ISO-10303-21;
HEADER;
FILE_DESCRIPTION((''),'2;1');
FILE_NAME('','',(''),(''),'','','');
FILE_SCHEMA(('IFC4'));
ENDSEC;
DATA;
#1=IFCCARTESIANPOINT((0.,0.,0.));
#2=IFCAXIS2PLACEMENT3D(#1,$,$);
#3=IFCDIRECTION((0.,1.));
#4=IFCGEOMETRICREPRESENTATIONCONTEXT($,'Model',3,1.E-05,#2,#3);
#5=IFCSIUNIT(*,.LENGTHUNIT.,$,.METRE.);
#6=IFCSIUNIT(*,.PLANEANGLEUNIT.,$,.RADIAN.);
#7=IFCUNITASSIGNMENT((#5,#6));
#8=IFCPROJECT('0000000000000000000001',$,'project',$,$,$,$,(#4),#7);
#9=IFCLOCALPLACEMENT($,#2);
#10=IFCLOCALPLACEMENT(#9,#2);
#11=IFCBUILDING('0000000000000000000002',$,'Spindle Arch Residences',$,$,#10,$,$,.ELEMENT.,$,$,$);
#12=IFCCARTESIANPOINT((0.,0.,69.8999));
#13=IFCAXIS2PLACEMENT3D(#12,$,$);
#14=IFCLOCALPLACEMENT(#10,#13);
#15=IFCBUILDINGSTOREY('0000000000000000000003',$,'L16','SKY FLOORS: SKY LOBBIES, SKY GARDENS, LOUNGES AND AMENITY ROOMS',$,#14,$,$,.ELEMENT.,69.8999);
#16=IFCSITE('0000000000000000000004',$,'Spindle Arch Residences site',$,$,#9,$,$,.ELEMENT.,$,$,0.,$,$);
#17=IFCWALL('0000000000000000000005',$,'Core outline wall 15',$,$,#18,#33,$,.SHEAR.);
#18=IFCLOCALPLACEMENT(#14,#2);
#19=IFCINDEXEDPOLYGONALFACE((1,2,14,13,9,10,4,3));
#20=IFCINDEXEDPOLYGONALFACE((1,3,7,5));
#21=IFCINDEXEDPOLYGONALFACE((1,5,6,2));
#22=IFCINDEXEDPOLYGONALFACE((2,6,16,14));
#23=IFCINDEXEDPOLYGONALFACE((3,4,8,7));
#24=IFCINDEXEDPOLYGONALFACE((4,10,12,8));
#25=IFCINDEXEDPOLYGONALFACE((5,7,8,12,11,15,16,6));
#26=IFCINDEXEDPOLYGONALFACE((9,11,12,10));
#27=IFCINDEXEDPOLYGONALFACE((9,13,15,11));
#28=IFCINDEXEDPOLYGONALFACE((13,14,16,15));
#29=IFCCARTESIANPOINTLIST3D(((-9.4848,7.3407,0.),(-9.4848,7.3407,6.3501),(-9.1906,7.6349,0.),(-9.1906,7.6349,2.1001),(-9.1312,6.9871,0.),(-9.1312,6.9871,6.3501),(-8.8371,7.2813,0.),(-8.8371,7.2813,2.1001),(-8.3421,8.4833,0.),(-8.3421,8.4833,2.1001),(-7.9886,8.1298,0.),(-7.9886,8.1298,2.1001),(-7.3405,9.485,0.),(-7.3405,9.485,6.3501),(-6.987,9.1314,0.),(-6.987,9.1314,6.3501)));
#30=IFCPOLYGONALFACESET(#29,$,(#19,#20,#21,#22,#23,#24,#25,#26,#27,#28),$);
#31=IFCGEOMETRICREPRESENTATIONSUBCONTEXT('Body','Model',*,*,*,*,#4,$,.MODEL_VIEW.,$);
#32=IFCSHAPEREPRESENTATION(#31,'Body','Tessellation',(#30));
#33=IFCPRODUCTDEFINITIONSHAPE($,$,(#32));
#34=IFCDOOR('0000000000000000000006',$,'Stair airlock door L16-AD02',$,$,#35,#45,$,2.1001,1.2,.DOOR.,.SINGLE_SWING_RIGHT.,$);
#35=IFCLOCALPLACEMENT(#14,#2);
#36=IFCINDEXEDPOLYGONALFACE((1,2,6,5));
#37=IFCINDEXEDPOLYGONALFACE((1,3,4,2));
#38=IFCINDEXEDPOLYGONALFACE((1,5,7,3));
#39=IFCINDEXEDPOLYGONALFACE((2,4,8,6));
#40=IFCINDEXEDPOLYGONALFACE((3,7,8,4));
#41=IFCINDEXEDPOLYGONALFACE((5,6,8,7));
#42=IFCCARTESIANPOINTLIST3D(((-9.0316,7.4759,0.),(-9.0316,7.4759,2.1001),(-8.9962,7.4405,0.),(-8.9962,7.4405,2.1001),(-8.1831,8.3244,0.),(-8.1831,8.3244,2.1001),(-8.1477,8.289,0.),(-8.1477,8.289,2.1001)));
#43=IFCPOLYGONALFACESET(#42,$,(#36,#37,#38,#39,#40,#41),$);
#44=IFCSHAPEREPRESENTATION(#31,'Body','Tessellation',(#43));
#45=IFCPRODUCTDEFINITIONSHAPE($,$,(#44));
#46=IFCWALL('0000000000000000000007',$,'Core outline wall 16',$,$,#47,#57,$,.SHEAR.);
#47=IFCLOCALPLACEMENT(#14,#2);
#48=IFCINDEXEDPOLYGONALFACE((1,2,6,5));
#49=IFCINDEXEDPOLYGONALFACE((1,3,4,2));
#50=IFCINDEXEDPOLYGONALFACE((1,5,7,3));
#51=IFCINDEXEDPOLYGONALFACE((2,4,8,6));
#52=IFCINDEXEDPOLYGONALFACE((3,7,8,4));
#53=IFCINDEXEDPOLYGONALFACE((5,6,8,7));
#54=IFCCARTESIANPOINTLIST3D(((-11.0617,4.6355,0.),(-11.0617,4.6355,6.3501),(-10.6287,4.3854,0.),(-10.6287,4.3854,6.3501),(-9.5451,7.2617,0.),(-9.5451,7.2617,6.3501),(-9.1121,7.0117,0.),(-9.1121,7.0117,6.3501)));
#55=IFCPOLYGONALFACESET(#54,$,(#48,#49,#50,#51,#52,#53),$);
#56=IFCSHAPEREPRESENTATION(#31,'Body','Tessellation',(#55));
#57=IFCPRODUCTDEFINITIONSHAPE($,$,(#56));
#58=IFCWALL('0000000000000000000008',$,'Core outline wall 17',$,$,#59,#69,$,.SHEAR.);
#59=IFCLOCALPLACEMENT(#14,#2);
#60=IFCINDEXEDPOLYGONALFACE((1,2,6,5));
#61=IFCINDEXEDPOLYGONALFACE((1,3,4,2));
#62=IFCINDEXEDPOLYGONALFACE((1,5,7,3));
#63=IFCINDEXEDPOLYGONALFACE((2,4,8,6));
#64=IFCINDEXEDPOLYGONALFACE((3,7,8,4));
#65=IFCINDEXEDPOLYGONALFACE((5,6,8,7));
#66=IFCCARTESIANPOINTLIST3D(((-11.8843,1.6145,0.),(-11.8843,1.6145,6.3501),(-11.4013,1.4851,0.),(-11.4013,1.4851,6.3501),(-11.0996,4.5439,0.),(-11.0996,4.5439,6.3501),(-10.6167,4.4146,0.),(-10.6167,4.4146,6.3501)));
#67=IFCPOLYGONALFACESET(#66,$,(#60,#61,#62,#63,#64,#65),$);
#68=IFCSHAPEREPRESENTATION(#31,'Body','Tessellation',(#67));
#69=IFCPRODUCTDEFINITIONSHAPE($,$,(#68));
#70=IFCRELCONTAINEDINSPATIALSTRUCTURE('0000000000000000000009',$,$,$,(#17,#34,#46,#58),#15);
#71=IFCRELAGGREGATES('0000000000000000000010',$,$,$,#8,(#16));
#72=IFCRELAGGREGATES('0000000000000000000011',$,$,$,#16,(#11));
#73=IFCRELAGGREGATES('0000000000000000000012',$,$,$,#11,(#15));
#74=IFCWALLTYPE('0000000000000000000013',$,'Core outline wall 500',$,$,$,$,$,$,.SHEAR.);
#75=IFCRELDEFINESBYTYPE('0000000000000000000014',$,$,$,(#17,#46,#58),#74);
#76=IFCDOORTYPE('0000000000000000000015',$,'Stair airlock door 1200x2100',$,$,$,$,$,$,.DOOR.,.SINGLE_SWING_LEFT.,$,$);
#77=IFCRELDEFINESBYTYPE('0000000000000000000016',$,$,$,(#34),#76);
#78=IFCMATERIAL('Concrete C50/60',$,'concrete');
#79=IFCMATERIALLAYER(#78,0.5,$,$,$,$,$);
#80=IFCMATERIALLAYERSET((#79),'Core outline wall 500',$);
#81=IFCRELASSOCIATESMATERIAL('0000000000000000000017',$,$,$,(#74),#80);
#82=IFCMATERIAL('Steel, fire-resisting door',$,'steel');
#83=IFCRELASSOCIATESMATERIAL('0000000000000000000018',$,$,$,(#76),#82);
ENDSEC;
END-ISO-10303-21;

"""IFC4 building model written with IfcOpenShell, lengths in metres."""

from ifc_helpers import new_model, si_unit, direction, frame, frame_2d, origin, place, context, subcontext, project, spatial, rectangle, extrude, material, layer, layer_set, type_object, element, fill, save


model = new_model("IFC4")

# Units and contexts
model_context = context("Model", 3, precision=1e-05, world=origin(), true_north=direction((0.0, 1.0)))
body_context = subcontext(model_context, "Body", "Model", "MODEL_VIEW")
ifc_project = project(units=[si_unit("LENGTHUNIT", "METRE"), si_unit("PLANEANGLEUNIT", "RADIAN")], contexts=[model_context])

# Site, building, storey
site_placement = place(None, origin())
site = spatial("IfcSite", under=ifc_project, at=site_placement, Name="Spindle Arch Residences site", CompositionType="ELEMENT", RefElevation=0.0)
building_placement = place(site_placement, origin())
building = spatial("IfcBuilding", under=site, at=building_placement, Name="Spindle Arch Residences", CompositionType="ELEMENT")
storey_placement = place(building_placement, frame((0.0, 0.0, 69.8999)))
storey = spatial("IfcBuildingStorey", under=building, at=storey_placement, Name="L16", Description="SKY FLOORS: SKY LOBBIES, SKY GARDENS, LOUNGES AND AMENITY ROOMS", CompositionType="ELEMENT", Elevation=69.8999)

# Wall, opening, door
ifc_material_1 = material(Name="Concrete C50/60", Category="concrete")
ifc_layer_1 = layer(ifc_material_1, 0.5)
ifc_layer_set_1 = layer_set([ifc_layer_1], Name="Core outline wall 500")
wall_type_1 = type_object("IfcWallType", Name="Core outline wall 500", PredefinedType="SHEAR", material=ifc_layer_set_1)
wall_1_placement = place(storey_placement, frame((-7.1638, 9.3081, 0.0), z_axis=(0.0, 0.0, 1.0), x_axis=(-0.707107, -0.707107, 0.0)))
wall_1 = element("IfcWall", 1, at=wall_1_placement, inside=storey, type_object=wall_type_1, Name="Core outline wall 15", PredefinedType="SHEAR", context=body_context, shape_type="SweptSolid", body=[
    extrude(rectangle(XDim=3.0325, YDim=0.5, at=frame_2d((1.5161, 0.0))), origin(), (0.0, 0.0, 1.0), 6.3501),
])
opening_1_placement = place(wall_1_placement, frame((1.4163, 0.0, 0.0)))
opening_1 = element("IfcOpeningElement", 2, at=opening_1_placement, cuts=wall_1, PredefinedType="OPENING", context=body_context, shape_type="SweptSolid", body=[
    extrude(rectangle(XDim=1.2, YDim=2.1001, at=frame_2d((0.6001, 1.05))), frame((0.0, 0.26, 0.0), z_axis=(0.0, -1.0, 0.0), x_axis=(1.0, 0.0, 0.0)), (0.0, 0.0, 1.0), 0.52),
])
ifc_material_2 = material(Name="Steel, fire-resisting door", Category="steel")
door_type_1 = type_object("IfcDoorType", Name="Stair airlock door 1200x2100", OperationType="SINGLE_SWING_LEFT", PredefinedType="DOOR", material=ifc_material_2)
door_1_placement = place(opening_1_placement, origin())
door_1 = element("IfcDoor", 3, at=door_1_placement, inside=storey, type_object=door_type_1, Name="Stair airlock door L16-AD02", OperationType="SINGLE_SWING_RIGHT", OverallHeight=2.1001, OverallWidth=1.2, PredefinedType="DOOR", context=body_context, shape_type="SweptSolid", body=[
    extrude(rectangle(XDim=1.2, YDim=2.1001, at=frame_2d((0.6001, 1.05))), frame((0.0, 0.0249, 0.0), z_axis=(0.0, -1.0, 0.0), x_axis=(1.0, 0.0, 0.0)), (0.0, 0.0, 1.0), 0.05),
])
fill(opening_1, door_1)

# Walls
for number, where, z_axis, x_axis, name in (
    (4, (-9.3286, 7.1367, 0.0), (0.0, 0.0, 1.0), (-0.500087, -0.865975, 0.0), "Core outline wall 16"),
    (5, (-10.8582, 4.4792, 0.0), (0.0, 0.0, 1.0), (-0.258735, -0.965948, 0.0), "Core outline wall 17"),
):
    element("IfcWall", number, at=place(storey_placement, frame(where, z_axis=z_axis, x_axis=x_axis)), inside=storey, type_object=wall_type_1, Name=name, PredefinedType="SHEAR", context=body_context, shape_type="SweptSolid", body=[
        extrude(rectangle(XDim=3.0327, YDim=0.5, at=frame_2d((1.5164, 0.0))), origin(), (0.0, 0.0, 1.0), 6.3501),
    ])

save(model, "model.ifc")
